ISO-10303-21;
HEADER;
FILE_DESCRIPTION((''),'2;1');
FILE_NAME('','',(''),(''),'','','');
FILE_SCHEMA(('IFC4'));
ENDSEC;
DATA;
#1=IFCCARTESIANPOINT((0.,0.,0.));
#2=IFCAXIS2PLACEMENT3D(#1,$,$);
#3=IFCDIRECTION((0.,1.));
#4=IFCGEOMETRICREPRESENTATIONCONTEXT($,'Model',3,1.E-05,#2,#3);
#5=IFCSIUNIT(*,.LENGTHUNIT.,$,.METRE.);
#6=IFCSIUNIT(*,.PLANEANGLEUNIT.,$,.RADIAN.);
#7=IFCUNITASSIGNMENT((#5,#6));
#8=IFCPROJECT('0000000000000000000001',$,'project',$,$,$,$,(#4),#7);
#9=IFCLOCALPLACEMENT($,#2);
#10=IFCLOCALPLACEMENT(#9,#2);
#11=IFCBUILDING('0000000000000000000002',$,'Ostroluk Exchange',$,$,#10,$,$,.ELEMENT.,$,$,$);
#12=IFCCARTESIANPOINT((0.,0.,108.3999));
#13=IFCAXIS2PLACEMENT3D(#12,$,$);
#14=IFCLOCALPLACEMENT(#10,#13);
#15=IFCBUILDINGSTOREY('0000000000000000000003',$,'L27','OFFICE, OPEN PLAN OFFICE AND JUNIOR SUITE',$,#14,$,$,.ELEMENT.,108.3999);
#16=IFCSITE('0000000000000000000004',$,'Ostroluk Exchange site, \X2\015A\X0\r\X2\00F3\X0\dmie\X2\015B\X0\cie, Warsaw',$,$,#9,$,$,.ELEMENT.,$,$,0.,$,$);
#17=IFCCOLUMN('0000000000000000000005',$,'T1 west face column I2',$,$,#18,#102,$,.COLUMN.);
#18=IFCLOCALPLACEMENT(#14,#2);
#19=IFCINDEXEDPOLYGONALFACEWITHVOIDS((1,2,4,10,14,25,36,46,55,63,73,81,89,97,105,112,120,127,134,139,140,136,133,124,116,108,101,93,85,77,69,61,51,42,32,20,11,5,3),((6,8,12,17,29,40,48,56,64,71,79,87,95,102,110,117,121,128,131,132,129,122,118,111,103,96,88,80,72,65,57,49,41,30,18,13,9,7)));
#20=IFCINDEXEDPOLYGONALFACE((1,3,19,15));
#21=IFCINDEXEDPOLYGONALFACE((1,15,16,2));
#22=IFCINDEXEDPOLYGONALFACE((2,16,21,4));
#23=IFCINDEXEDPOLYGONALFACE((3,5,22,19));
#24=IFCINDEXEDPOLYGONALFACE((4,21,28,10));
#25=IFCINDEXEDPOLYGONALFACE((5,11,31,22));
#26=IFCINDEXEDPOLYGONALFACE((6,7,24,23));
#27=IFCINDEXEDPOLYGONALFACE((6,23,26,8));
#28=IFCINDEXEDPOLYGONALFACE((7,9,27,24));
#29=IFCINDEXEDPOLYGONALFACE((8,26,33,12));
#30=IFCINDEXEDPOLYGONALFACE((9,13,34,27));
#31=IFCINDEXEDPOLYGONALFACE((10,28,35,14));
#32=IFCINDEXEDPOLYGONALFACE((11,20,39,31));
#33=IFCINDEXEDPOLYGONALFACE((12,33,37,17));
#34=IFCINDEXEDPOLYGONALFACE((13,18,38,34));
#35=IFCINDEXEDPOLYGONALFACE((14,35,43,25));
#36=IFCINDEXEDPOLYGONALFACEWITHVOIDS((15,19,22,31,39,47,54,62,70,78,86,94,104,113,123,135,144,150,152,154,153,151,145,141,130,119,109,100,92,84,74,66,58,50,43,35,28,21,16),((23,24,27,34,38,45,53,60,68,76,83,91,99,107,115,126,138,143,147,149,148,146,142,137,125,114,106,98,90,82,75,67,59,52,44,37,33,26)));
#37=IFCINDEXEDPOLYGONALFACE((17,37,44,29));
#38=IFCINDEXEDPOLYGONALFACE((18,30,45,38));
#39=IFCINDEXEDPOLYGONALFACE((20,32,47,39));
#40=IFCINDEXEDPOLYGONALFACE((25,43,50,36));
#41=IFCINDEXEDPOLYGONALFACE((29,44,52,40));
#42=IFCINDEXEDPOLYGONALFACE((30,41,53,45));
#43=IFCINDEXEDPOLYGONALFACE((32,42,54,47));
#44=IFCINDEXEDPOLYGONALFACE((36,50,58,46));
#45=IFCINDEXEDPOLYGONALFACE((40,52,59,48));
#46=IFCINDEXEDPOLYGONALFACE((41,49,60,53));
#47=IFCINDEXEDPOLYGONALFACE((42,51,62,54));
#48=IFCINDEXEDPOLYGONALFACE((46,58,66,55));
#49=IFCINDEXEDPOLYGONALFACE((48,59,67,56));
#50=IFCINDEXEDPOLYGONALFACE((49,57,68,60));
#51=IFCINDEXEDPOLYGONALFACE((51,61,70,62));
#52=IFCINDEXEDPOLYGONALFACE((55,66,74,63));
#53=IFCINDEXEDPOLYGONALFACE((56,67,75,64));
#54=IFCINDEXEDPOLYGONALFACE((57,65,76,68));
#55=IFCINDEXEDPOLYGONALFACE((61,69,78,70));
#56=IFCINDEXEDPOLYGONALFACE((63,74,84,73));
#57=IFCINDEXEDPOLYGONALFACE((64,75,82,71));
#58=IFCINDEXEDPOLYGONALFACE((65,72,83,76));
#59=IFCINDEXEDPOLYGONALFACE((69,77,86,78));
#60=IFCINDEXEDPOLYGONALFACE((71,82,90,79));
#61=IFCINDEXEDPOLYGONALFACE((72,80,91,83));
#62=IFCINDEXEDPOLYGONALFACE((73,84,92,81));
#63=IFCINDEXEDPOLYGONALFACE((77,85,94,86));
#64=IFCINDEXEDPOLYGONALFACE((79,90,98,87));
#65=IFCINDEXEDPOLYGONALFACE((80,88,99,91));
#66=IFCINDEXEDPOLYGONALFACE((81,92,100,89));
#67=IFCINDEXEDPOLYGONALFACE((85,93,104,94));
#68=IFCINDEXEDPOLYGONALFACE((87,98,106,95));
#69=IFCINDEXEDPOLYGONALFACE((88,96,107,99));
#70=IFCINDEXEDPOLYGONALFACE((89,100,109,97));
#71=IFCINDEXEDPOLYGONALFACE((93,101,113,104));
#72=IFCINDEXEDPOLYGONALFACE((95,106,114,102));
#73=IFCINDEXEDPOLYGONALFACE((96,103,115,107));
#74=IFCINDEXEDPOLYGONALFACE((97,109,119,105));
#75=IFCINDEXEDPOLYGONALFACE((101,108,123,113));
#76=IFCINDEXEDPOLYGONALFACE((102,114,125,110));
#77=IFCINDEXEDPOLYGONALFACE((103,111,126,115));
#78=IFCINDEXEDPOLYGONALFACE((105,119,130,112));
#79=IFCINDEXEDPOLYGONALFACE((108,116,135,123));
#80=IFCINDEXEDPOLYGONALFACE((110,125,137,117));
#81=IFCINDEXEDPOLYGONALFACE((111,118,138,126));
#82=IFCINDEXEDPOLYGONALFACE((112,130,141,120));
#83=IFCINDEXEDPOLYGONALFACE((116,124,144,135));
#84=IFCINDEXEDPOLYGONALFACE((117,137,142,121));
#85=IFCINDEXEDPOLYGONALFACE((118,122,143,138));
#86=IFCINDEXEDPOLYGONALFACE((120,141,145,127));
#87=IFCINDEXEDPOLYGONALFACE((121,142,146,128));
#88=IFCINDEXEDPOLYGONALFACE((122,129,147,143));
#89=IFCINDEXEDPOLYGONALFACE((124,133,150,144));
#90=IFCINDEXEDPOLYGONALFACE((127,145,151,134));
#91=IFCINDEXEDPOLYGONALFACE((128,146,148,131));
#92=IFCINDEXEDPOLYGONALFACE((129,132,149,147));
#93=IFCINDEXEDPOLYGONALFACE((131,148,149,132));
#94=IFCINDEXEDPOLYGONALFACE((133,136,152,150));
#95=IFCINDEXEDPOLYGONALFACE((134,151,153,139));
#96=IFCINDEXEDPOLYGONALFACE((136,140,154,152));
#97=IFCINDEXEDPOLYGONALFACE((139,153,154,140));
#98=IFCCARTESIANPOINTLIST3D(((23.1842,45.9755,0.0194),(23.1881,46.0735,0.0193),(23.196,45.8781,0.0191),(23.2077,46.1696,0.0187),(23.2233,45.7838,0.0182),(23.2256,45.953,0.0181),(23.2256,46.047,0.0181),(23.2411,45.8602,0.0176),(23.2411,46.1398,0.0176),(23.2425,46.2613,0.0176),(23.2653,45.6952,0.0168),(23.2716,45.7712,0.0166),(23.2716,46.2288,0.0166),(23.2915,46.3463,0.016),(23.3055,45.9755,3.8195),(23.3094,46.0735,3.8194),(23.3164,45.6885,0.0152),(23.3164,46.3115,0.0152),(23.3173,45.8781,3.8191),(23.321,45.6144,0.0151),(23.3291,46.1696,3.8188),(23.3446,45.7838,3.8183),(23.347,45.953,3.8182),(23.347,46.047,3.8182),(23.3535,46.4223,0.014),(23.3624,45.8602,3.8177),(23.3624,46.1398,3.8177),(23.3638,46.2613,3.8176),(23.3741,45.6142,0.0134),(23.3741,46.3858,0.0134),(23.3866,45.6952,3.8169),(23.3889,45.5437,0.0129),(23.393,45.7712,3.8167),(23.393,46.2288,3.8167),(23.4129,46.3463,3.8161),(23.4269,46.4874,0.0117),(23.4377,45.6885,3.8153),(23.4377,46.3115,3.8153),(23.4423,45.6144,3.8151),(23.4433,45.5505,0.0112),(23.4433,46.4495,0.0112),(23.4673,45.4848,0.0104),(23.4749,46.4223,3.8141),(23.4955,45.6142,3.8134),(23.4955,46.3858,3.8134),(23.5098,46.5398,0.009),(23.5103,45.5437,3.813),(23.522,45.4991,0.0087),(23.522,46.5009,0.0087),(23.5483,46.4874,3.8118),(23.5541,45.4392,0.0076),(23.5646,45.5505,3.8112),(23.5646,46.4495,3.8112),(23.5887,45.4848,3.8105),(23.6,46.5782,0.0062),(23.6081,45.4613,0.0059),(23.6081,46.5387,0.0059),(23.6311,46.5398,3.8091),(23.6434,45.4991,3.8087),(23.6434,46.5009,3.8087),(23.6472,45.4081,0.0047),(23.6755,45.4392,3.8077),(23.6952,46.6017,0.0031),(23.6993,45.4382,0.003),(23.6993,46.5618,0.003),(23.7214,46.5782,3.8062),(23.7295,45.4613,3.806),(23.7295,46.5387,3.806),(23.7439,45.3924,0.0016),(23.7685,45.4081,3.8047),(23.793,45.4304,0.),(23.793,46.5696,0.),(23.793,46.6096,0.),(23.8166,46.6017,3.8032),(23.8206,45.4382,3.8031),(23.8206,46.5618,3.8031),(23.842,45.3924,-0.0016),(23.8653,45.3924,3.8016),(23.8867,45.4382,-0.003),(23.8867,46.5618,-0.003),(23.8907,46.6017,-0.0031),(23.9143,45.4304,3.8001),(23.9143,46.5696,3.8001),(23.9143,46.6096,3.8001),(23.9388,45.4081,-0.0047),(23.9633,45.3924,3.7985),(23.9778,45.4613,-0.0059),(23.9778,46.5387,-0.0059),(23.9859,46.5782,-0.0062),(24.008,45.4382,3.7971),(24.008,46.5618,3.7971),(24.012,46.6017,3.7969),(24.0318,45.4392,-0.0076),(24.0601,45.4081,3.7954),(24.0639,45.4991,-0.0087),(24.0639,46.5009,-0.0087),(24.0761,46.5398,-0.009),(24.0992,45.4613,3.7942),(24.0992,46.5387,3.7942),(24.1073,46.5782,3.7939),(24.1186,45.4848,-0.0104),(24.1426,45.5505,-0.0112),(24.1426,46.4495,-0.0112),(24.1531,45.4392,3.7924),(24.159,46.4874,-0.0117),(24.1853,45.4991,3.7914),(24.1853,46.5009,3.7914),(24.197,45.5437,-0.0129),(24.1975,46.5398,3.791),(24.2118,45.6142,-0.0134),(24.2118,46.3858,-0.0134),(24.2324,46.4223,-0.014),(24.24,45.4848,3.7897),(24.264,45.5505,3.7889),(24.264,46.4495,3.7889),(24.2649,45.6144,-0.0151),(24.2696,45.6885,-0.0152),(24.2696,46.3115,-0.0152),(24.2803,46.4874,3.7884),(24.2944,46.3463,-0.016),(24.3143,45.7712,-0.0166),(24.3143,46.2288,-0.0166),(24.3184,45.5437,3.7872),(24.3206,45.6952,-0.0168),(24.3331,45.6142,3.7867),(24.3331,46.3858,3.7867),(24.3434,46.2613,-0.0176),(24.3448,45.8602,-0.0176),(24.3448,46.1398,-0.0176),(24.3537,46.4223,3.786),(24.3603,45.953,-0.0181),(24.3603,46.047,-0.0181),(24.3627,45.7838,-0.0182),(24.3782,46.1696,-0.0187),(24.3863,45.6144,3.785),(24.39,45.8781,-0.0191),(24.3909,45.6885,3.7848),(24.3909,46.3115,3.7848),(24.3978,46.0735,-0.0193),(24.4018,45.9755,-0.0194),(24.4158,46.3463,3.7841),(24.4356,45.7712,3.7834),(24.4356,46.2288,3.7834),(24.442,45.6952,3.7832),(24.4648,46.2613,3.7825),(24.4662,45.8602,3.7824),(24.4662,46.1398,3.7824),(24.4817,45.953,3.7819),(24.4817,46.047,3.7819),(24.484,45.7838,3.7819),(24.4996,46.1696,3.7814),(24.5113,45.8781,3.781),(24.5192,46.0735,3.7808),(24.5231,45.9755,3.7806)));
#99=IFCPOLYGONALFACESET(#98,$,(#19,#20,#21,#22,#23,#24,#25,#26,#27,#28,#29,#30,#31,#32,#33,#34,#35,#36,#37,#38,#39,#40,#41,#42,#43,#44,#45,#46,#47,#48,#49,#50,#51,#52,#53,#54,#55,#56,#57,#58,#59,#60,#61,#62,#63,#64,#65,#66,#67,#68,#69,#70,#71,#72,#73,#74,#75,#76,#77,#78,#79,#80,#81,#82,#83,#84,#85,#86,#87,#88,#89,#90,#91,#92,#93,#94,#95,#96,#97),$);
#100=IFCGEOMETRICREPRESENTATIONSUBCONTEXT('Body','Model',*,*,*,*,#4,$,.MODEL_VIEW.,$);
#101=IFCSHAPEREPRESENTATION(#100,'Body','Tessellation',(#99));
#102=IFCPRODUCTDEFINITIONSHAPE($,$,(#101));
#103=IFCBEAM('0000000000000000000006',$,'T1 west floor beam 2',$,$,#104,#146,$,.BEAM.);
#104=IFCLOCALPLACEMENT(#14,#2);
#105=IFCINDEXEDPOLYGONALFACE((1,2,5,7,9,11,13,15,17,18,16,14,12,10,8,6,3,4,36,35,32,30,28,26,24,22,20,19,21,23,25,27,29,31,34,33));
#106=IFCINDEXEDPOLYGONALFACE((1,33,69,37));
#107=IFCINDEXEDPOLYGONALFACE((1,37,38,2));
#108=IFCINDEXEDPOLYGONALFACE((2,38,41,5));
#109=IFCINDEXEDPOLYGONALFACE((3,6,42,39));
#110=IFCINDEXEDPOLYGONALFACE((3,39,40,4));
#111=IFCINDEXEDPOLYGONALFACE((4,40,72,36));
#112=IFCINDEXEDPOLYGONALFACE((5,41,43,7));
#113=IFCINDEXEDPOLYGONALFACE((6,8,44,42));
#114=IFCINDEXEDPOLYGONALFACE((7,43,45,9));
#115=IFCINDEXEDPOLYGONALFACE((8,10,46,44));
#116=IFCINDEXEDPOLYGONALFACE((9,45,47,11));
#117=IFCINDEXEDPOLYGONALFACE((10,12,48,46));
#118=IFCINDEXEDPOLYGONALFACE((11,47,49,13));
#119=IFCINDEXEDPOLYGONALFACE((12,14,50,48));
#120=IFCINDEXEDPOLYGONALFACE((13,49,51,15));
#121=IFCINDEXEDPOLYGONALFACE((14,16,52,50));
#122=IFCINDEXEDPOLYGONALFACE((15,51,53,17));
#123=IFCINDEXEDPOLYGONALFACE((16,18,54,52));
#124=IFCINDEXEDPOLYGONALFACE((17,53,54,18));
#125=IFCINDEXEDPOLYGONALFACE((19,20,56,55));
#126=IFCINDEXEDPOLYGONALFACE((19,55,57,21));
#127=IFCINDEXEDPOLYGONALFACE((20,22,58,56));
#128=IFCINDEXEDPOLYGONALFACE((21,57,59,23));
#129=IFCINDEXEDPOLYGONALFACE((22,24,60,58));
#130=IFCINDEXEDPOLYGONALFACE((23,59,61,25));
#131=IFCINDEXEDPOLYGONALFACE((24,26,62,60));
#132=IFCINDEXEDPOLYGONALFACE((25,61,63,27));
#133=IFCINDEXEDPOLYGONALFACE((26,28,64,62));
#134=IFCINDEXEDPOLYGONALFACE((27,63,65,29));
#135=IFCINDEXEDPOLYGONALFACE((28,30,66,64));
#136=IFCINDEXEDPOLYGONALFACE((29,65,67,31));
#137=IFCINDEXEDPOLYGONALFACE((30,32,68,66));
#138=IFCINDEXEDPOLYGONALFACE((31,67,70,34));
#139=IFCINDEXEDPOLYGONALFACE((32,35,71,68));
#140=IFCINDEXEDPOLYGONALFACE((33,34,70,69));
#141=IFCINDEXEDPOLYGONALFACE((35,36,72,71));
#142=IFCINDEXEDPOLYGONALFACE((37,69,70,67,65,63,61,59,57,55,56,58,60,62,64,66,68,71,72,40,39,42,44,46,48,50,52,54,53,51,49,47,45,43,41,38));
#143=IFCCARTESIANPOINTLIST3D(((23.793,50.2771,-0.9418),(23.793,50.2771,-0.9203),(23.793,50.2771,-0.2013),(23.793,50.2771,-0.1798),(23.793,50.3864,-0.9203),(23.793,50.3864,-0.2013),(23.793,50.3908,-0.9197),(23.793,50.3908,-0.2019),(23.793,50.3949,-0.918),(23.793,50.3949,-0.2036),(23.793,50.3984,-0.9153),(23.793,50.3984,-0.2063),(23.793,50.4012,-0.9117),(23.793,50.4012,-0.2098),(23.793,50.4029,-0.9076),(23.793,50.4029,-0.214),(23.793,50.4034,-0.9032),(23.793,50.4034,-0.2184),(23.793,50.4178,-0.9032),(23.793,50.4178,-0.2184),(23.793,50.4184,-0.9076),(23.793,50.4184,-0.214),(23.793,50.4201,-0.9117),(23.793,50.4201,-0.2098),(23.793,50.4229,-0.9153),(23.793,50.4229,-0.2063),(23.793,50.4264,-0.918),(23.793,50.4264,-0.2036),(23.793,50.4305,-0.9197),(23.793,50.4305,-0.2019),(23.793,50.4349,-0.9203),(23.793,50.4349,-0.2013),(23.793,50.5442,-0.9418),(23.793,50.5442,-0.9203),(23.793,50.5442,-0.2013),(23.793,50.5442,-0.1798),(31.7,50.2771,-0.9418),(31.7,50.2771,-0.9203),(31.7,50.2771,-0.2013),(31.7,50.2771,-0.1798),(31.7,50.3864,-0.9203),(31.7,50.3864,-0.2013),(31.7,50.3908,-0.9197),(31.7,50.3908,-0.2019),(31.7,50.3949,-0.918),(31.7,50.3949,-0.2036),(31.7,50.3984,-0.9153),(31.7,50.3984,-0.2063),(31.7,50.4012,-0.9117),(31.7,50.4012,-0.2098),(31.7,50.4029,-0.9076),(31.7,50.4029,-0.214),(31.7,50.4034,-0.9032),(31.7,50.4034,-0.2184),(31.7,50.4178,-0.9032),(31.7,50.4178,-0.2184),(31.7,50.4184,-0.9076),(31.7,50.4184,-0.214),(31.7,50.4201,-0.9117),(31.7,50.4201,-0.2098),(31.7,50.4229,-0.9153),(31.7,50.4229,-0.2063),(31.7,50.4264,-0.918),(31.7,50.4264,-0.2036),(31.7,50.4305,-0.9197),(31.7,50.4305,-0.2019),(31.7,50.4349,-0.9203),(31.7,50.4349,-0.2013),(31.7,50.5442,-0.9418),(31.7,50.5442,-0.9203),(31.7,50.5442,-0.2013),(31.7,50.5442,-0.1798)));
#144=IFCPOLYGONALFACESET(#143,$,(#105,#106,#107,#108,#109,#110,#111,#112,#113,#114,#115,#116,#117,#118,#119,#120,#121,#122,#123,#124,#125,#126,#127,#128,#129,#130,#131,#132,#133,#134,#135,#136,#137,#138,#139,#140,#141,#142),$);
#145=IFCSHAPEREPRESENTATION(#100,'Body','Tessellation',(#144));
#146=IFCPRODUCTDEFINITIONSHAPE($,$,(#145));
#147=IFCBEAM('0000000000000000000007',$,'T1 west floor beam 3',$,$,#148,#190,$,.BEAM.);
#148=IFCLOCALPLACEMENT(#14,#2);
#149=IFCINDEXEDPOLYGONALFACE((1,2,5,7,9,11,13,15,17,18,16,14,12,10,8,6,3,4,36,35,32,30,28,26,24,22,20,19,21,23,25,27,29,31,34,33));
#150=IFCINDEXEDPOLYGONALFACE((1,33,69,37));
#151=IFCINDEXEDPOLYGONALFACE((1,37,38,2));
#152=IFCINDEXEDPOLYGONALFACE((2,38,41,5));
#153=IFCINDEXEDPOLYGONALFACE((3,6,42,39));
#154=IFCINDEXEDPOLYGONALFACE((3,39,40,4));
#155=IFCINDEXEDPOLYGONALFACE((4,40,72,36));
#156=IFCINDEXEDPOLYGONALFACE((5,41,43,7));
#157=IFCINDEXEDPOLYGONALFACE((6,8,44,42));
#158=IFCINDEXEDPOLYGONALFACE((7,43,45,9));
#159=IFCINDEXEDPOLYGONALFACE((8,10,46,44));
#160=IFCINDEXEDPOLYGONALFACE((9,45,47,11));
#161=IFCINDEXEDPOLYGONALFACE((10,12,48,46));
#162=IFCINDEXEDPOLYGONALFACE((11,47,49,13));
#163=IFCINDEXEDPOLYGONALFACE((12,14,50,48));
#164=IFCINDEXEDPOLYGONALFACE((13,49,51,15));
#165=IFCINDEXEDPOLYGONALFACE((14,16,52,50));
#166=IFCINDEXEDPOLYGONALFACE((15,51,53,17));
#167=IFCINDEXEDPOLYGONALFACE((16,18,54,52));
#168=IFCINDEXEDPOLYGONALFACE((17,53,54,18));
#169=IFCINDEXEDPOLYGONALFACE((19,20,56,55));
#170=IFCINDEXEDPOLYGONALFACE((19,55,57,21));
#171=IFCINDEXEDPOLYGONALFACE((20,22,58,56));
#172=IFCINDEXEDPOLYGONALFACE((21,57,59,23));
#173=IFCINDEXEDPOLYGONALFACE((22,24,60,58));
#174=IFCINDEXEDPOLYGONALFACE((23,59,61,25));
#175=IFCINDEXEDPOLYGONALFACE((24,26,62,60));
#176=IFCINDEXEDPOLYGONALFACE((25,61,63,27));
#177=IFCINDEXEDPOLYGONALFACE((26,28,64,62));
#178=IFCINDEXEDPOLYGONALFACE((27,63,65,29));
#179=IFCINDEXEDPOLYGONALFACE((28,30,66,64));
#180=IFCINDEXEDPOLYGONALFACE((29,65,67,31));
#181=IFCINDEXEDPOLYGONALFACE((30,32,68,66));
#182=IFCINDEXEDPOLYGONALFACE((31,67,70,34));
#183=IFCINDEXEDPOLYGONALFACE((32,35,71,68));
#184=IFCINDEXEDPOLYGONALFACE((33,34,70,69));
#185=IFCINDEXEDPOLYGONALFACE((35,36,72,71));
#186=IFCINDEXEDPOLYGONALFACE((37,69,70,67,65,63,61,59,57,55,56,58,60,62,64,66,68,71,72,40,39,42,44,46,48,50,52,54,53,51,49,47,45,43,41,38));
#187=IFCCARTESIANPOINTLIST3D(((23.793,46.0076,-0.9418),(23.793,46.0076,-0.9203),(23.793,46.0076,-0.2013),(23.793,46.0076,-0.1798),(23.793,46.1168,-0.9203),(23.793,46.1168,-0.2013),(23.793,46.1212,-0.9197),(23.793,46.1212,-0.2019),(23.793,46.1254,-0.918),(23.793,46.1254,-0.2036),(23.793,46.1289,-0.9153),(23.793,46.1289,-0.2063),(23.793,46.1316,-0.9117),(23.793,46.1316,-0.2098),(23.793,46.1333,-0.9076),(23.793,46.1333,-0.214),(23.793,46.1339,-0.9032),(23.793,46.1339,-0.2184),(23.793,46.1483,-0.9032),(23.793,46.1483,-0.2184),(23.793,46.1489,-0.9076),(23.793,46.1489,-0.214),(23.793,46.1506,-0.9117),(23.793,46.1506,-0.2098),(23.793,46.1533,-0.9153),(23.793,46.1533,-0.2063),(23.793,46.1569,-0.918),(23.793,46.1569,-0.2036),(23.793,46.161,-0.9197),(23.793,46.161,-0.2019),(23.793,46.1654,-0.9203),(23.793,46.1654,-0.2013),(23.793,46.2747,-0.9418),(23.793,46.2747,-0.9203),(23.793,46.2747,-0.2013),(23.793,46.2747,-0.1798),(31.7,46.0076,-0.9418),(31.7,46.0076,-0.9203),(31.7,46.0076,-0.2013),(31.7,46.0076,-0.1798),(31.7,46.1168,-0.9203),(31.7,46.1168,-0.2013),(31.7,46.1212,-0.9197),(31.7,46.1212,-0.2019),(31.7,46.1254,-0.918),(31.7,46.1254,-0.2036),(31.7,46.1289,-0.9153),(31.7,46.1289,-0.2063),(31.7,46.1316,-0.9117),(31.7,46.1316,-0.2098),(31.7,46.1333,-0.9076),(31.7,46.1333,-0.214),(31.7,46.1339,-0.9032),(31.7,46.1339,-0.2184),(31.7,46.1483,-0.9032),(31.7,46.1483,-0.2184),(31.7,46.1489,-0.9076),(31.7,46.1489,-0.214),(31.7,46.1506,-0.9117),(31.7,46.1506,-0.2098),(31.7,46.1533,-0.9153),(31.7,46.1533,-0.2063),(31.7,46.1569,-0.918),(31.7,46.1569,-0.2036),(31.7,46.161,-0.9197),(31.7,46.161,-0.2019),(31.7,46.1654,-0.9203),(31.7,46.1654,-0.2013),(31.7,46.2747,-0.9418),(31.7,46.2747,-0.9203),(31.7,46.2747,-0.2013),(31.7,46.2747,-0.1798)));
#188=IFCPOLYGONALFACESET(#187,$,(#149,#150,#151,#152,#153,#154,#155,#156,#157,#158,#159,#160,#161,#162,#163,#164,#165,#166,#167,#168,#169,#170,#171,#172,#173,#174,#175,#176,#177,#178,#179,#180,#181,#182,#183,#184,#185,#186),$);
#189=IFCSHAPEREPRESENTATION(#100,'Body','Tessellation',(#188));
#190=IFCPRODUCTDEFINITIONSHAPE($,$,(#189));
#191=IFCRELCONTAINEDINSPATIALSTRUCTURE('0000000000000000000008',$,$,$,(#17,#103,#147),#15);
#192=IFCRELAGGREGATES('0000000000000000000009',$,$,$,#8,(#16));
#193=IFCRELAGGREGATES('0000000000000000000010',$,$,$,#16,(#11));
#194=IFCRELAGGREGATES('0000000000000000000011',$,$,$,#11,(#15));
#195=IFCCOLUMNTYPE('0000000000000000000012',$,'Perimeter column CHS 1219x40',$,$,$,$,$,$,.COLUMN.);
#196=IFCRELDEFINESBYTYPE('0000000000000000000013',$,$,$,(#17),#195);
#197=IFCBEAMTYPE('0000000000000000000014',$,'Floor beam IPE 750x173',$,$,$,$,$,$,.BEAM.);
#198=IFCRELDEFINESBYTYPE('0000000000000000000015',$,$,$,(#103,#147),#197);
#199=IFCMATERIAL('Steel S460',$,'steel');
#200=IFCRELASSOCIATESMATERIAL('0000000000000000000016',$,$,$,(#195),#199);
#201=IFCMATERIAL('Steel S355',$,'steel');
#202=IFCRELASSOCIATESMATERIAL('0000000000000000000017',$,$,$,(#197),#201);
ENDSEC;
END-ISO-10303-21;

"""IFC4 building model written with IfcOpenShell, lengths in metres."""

from ifc_helpers import new_model, si_unit, direction, frame, origin, origin_2d, place, context, subcontext, project, spatial, hollow_circle, i_section, extrude, material, material_profile, profile_set, type_object, element, save


model = new_model("IFC4")

# Units and contexts
model_context = context("Model", 3, precision=1e-05, world=origin(), true_north=direction((0.0, 1.0)))
body_context = subcontext(model_context, "Body", "Model", "MODEL_VIEW")
ifc_project = project(units=[si_unit("LENGTHUNIT", "METRE"), si_unit("PLANEANGLEUNIT", "RADIAN")], contexts=[model_context])

# Site, building, storey
site_placement = place(None, origin())
site = spatial("IfcSite", under=ifc_project, at=site_placement, Name="Ostroluk Exchange site, Śródmieście, Warsaw", CompositionType="ELEMENT", RefElevation=0.0)
building_placement = place(site_placement, origin())
building = spatial("IfcBuilding", under=site, at=building_placement, Name="Ostroluk Exchange", CompositionType="ELEMENT")
storey_placement = place(building_placement, frame((0.0, 0.0, 108.3999)))
storey = spatial("IfcBuildingStorey", under=building, at=storey_placement, Name="L27", Description="OFFICE, OPEN PLAN OFFICE AND JUNIOR SUITE", CompositionType="ELEMENT", Elevation=108.3999)

# Column
ifc_material_1 = material(Name="Steel S460", Category="steel")
ifc_material_profile_1 = material_profile(ifc_material_1, hollow_circle(Radius=0.6096, WallThickness=0.04, at=origin_2d()), Name="CHS 1219x40")
ifc_profile_set_1 = profile_set([ifc_material_profile_1], Name="Steel S460")
column_type = type_object("IfcColumnType", Name="Perimeter column CHS 1219x40", PredefinedType="COLUMN", material=ifc_profile_set_1)
column_placement = place(storey_placement, frame((23.793, 46.0, 0.0), z_axis=(0.031914, 0.0, 0.999491), x_axis=(0.0, 1.0, 0.0)))
element("IfcColumn", 1, at=column_placement, inside=storey, type_object=column_type, Name="T1 west face column I2", PredefinedType="COLUMN", context=body_context, shape_type="SweptSolid", body=[
    extrude(hollow_circle(Radius=0.6096, WallThickness=0.04, at=origin_2d()), origin(), (0.0, 0.0, 1.0), 3.802),
])

# Beams
ifc_material_2 = material(Name="Steel S355", Category="steel")
ifc_material_profile_2 = material_profile(ifc_material_2, i_section(OverallWidth=0.2671, OverallDepth=0.762, WebThickness=0.0144, FlangeThickness=0.0215, FilletRadius=0.0171, at=origin_2d()), Name="IPE 750x173")
ifc_profile_set_2 = profile_set([ifc_material_profile_2], Name="Steel S355")
beam_type_1 = type_object("IfcBeamType", Name="Floor beam IPE 750x173", PredefinedType="BEAM", material=ifc_profile_set_2)
for number, where, z_axis, x_axis, name in (
    (2, (31.7, 50.4106, -0.5608), (-1.0, 0.0, 0.0), (0.0, -1.0, 0.0), "T1 west floor beam 2"),
    (3, (31.7, 46.1411, -0.5608), (-1.0, 0.0, 0.0), (0.0, -1.0, 0.0), "T1 west floor beam 3"),
):
    element("IfcBeam", number, at=place(storey_placement, frame(where, z_axis=z_axis, x_axis=x_axis)), inside=storey, type_object=beam_type_1, Name=name, PredefinedType="BEAM", context=body_context, shape_type="SweptSolid", body=[
        extrude(i_section(OverallWidth=0.2671, OverallDepth=0.762, WebThickness=0.0144, FlangeThickness=0.0215, FilletRadius=0.0171, at=origin_2d()), origin(), (0.0, 0.0, 1.0), 7.907),
    ])

save(model, "model.ifc")
